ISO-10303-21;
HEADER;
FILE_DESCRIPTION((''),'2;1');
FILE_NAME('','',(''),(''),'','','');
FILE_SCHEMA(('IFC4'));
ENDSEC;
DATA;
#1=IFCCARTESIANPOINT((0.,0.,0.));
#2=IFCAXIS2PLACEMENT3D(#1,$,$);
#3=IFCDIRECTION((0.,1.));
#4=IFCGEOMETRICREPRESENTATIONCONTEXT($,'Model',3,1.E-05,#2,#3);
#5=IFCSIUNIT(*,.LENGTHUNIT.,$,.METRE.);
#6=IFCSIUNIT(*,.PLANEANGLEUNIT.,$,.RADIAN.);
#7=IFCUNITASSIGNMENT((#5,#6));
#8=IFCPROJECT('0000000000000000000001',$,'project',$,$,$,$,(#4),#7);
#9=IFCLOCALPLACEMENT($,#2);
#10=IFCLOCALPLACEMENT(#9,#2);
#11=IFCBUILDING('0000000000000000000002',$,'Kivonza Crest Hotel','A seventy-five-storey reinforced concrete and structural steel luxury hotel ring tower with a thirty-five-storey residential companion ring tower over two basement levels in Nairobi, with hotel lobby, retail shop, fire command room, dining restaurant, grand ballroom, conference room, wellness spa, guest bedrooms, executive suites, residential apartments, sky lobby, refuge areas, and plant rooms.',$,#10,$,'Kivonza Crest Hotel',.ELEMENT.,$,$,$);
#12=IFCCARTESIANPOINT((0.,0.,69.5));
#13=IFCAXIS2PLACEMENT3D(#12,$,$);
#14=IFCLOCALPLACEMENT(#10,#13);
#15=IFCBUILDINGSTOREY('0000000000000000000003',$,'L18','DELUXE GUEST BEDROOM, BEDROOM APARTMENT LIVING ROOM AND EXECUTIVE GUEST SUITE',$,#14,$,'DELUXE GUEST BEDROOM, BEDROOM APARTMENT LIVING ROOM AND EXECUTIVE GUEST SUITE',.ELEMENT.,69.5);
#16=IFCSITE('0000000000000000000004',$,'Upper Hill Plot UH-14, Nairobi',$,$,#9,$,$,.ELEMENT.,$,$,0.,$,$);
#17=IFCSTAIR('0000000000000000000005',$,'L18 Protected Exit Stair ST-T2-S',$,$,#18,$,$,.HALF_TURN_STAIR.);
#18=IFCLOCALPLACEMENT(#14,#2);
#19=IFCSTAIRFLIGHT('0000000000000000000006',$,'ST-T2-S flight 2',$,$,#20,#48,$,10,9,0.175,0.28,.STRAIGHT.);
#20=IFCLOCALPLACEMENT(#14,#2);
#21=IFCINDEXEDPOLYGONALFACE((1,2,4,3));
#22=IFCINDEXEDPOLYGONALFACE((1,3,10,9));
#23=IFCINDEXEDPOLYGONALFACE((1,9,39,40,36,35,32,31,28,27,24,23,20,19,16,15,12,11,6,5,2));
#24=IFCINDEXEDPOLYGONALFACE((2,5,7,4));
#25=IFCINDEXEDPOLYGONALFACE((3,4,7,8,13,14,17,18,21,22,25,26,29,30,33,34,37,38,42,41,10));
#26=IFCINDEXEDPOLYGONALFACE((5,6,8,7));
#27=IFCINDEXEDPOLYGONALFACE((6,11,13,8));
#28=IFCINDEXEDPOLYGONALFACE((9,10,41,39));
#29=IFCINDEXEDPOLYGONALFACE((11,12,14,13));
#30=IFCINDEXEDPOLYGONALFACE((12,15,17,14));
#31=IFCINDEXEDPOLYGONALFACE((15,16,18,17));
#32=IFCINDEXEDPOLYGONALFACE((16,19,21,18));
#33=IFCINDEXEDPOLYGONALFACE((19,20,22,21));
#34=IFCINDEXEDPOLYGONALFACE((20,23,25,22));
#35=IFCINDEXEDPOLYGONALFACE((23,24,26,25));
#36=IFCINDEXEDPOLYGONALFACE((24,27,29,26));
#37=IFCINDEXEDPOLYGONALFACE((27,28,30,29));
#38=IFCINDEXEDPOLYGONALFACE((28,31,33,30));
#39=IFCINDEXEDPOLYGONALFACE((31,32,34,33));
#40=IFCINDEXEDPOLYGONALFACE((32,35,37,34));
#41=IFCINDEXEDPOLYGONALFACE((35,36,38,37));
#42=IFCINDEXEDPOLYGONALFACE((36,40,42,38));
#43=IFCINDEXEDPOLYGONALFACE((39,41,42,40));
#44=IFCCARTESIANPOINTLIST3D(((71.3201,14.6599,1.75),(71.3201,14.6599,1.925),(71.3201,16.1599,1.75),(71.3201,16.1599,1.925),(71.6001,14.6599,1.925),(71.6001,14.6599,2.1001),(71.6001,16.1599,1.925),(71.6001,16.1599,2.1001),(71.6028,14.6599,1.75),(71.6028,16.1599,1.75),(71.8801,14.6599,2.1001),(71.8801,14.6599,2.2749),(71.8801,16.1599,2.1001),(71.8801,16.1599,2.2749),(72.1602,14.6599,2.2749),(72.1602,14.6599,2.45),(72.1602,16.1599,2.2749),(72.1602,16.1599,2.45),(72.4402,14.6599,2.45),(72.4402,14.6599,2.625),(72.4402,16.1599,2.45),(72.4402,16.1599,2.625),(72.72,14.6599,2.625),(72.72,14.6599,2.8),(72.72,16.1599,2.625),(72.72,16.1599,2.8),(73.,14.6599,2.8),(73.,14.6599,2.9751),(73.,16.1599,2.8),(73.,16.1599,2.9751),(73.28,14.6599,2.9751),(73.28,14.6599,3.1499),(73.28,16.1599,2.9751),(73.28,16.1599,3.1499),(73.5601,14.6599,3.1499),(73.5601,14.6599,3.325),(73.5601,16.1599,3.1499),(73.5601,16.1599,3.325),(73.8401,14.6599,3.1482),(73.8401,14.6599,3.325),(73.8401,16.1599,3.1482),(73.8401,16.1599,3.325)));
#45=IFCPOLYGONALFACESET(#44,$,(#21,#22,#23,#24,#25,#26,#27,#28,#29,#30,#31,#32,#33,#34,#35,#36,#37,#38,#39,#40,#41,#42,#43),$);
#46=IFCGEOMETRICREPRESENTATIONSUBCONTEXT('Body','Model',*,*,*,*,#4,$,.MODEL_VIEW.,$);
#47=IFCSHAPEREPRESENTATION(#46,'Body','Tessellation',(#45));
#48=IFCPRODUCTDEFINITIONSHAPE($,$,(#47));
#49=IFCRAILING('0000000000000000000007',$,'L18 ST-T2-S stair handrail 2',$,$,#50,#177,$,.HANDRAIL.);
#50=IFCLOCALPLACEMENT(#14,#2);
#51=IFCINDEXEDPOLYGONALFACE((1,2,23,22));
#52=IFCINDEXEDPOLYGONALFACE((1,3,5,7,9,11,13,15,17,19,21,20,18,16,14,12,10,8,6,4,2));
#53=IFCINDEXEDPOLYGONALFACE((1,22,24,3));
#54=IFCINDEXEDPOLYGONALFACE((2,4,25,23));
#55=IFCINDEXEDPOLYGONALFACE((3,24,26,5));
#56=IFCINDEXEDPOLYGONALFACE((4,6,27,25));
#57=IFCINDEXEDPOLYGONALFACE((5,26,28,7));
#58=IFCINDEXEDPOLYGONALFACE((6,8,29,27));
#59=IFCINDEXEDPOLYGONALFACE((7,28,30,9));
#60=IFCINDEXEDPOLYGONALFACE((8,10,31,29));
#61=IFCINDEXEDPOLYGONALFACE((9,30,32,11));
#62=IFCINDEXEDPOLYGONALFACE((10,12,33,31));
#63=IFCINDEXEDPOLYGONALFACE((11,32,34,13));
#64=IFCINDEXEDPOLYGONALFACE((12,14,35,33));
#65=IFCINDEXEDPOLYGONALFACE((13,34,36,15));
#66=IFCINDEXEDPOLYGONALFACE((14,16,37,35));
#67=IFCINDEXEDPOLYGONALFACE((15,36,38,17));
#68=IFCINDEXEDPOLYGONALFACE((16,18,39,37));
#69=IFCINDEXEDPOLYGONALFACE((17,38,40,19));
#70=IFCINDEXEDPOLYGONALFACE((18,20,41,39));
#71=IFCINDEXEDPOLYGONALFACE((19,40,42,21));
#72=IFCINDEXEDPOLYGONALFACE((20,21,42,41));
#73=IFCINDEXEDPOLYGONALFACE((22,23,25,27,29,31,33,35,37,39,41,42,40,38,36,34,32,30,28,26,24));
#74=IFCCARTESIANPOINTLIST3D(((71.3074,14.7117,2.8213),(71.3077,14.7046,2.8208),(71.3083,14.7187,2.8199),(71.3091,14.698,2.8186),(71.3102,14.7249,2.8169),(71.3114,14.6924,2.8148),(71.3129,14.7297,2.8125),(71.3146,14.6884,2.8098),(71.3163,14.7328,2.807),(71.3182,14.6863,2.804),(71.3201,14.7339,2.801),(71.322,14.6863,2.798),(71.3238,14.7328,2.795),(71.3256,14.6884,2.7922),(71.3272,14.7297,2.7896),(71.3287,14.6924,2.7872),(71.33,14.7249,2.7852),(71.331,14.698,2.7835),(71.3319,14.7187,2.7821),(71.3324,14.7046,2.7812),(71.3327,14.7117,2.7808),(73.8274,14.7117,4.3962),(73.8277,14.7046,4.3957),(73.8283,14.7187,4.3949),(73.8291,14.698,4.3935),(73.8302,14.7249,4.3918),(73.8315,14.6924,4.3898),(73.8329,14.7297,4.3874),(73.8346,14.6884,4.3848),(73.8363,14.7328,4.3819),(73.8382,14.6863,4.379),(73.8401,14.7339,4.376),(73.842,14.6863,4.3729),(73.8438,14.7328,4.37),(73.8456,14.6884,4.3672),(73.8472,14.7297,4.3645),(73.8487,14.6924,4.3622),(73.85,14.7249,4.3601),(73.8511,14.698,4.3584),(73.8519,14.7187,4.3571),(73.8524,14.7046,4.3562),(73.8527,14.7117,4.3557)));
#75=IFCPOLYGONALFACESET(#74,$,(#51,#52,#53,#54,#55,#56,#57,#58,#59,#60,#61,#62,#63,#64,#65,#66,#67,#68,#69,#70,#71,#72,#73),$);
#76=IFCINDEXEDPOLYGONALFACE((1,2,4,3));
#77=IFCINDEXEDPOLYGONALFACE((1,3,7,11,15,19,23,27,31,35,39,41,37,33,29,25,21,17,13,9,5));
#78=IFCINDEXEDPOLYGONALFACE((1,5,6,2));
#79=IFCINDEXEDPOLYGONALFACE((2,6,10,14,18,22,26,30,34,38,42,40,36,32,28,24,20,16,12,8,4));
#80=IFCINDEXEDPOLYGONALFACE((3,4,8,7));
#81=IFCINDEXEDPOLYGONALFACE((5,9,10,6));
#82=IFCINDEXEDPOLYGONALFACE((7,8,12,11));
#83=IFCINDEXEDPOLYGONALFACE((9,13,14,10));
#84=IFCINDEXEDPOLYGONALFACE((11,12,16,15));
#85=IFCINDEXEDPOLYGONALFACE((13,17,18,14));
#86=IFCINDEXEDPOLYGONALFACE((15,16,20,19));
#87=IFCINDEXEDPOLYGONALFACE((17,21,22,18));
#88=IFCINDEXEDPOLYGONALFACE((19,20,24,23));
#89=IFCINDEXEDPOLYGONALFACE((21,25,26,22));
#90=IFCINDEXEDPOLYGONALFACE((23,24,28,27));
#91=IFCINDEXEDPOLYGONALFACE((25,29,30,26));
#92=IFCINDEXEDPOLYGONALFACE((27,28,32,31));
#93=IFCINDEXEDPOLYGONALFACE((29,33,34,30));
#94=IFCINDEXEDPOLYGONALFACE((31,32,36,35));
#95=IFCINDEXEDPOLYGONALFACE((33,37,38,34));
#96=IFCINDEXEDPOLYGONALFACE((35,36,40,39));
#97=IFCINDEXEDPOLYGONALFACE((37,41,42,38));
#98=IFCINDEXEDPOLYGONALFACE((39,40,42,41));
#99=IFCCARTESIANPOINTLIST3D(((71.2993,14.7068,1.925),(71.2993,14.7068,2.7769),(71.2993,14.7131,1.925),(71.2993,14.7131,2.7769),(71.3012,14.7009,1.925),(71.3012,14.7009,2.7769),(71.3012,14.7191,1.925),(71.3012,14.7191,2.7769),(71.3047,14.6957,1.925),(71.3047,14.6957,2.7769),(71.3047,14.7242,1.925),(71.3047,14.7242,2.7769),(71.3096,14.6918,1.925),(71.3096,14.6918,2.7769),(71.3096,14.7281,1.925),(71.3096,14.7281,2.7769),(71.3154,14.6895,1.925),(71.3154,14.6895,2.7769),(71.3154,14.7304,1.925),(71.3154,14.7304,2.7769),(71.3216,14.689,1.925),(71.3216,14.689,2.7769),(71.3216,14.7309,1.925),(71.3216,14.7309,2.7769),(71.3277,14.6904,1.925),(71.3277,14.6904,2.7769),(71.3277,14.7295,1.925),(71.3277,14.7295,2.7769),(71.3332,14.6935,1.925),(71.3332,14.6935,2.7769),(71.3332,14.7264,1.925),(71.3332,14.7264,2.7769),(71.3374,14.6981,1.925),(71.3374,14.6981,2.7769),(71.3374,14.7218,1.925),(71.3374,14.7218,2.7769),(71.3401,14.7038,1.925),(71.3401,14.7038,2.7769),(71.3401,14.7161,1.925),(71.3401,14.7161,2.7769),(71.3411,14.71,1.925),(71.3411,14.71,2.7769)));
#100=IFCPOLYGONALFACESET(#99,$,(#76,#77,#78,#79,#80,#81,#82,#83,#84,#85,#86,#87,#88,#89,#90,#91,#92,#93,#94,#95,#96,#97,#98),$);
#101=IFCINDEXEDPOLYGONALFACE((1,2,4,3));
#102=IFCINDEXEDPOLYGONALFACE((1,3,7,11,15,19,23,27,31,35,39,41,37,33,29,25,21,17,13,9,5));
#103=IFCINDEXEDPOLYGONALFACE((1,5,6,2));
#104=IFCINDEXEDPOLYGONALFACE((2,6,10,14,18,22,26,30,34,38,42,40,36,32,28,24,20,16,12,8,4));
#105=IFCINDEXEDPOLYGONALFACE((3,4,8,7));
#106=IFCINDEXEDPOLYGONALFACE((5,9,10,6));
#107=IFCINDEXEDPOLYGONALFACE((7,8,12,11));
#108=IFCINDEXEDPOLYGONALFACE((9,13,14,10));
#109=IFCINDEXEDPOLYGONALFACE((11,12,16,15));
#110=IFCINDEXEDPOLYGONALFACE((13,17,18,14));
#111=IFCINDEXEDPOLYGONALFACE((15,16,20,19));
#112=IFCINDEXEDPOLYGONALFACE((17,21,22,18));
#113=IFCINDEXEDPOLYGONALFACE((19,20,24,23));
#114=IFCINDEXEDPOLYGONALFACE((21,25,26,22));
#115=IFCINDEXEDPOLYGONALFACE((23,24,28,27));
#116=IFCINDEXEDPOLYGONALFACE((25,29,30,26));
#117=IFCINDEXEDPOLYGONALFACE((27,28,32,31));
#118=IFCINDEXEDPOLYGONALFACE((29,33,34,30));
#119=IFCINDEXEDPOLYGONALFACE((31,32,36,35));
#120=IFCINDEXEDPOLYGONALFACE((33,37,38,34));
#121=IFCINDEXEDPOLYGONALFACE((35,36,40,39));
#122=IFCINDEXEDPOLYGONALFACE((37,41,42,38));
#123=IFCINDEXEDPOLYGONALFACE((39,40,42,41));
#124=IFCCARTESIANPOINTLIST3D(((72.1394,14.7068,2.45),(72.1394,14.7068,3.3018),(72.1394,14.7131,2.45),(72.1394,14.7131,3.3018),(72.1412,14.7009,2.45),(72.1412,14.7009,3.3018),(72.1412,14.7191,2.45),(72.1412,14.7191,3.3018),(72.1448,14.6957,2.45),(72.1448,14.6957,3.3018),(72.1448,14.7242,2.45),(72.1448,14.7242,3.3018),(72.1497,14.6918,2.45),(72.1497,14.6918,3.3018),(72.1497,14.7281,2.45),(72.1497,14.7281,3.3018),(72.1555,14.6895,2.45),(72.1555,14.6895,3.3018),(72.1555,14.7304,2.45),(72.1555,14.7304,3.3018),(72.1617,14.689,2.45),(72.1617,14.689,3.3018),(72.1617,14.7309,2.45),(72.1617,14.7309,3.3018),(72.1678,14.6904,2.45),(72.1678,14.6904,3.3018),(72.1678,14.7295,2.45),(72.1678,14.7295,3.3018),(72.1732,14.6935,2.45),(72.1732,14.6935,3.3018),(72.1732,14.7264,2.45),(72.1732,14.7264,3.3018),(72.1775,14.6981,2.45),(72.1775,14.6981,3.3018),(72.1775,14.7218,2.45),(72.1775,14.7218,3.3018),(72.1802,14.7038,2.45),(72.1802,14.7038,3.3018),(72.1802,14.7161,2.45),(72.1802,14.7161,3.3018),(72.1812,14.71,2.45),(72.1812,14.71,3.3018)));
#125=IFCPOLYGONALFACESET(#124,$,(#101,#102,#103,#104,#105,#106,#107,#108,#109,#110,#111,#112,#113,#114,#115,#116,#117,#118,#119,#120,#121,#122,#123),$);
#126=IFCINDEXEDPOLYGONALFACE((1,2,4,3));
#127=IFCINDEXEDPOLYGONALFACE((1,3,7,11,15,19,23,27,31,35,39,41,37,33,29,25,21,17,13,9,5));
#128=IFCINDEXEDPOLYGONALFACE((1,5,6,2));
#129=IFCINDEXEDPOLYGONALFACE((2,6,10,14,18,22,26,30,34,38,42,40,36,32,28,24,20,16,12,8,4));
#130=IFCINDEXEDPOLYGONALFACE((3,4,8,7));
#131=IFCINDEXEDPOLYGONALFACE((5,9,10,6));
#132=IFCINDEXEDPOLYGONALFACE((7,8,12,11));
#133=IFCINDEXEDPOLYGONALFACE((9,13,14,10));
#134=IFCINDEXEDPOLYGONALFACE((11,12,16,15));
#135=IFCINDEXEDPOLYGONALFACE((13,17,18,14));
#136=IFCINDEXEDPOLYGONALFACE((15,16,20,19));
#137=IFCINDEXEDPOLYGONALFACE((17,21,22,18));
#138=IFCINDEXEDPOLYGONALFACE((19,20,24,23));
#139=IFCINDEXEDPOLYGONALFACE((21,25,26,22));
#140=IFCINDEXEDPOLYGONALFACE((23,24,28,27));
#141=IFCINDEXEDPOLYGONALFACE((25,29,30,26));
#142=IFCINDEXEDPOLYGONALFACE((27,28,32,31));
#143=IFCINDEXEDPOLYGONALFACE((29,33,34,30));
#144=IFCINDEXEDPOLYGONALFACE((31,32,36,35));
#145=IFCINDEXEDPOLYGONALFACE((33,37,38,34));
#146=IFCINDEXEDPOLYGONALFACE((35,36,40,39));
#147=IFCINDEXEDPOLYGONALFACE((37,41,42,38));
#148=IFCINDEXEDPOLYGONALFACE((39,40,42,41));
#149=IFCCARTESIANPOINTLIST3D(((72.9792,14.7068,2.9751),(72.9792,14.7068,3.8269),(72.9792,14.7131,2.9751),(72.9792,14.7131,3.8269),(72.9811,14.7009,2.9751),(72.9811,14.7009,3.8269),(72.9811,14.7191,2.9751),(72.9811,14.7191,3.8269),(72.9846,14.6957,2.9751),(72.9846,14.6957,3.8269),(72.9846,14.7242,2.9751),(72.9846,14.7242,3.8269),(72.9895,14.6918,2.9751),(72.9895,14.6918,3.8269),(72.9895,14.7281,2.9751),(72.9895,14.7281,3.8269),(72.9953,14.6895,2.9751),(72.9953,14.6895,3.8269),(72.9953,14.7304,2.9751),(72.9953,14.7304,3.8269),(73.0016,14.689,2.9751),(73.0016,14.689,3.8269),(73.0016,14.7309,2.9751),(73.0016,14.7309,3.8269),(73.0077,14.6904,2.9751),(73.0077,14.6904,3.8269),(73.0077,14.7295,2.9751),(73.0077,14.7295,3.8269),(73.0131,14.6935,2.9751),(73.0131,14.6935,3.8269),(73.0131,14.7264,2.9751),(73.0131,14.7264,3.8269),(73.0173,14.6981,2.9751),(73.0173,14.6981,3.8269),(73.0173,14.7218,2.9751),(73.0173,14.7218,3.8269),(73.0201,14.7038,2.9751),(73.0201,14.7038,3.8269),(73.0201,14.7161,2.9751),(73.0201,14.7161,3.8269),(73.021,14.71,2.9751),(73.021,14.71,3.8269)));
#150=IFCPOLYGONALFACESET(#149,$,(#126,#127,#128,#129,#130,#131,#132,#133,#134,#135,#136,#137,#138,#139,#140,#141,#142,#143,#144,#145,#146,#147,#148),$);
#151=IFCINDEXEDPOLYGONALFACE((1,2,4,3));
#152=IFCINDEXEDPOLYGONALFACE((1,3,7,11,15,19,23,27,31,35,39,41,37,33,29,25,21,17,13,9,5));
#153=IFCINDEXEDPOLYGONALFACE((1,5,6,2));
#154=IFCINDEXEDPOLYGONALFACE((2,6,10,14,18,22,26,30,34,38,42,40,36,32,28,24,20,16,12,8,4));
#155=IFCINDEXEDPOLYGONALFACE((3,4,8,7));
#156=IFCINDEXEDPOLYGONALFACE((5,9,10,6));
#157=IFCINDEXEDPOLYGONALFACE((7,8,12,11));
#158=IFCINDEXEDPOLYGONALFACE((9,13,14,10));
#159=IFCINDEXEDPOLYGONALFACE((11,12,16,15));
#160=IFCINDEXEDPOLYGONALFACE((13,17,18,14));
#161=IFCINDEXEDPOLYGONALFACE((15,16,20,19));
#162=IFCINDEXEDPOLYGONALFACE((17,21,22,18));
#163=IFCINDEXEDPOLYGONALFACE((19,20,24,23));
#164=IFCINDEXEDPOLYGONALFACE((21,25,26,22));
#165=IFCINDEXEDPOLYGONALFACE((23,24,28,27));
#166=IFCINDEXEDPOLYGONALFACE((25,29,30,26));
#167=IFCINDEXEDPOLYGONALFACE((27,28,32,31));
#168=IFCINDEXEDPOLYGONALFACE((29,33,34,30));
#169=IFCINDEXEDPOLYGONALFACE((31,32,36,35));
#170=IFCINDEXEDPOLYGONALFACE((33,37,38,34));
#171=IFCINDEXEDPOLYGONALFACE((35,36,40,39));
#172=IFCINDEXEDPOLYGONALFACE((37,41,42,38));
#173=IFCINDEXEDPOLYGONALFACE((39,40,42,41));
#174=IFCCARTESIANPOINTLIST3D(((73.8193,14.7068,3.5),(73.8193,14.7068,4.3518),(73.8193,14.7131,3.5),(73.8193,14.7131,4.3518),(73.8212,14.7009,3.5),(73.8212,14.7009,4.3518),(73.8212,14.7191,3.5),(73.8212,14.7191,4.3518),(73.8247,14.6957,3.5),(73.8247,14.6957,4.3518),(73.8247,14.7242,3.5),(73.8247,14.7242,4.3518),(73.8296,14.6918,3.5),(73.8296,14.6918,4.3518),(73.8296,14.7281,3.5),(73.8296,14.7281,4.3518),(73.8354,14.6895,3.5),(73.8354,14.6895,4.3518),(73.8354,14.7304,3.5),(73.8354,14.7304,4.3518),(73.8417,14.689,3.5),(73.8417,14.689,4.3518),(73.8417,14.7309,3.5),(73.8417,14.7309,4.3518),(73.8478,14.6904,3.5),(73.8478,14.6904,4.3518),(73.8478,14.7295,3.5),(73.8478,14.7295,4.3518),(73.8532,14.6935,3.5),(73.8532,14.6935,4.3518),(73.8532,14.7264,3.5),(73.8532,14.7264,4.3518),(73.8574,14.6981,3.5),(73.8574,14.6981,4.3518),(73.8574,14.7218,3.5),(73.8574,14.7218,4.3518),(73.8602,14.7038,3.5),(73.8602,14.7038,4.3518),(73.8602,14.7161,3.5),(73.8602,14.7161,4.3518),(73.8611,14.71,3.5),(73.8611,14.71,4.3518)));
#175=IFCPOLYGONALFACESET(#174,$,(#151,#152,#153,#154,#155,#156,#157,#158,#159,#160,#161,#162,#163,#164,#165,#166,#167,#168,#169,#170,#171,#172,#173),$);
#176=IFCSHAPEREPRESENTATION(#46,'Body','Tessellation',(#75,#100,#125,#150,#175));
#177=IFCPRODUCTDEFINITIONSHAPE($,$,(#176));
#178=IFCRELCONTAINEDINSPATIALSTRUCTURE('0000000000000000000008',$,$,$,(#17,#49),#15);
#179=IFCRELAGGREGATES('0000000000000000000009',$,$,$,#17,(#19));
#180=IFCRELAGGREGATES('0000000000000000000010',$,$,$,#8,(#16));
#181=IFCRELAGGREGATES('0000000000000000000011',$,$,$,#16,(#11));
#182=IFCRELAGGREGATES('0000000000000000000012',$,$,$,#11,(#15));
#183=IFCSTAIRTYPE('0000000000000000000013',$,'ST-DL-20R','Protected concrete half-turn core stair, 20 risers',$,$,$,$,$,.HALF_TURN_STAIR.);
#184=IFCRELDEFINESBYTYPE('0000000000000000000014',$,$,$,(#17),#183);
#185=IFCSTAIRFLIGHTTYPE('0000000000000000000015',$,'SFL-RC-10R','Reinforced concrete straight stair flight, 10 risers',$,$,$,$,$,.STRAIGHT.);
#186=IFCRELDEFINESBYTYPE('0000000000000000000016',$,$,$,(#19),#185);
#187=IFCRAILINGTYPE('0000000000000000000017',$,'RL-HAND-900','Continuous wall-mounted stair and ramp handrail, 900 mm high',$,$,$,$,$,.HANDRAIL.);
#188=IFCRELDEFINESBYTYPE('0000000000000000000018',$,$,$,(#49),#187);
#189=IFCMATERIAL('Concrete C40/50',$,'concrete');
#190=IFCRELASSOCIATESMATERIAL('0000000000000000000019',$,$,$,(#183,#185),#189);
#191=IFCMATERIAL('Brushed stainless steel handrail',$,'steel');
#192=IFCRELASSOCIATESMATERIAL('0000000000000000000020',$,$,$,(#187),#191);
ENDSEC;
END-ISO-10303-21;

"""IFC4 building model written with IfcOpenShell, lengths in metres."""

from ifc_helpers import new_model, si_unit, direction, frame, origin, origin_2d, place, context, subcontext, project, spatial, polyline, circle, outline, extrude, material, type_object, element, aggregate, save


model = new_model("IFC4")

# Units and contexts
model_context = context("Model", 3, precision=1e-05, world=origin(), true_north=direction((0.0, 1.0)))
body_context = subcontext(model_context, "Body", "Model", "MODEL_VIEW")
ifc_project = project(units=[si_unit("LENGTHUNIT", "METRE"), si_unit("PLANEANGLEUNIT", "RADIAN")], contexts=[model_context])

# Site, building, storey
site_placement = place(None, origin())
site = spatial("IfcSite", under=ifc_project, at=site_placement, Name="Upper Hill Plot UH-14, Nairobi", CompositionType="ELEMENT", RefElevation=0.0)
building_placement = place(site_placement, origin())
building = spatial("IfcBuilding", under=site, at=building_placement, Name="Kivonza Crest Hotel", Description="A seventy-five-storey reinforced concrete and structural steel luxury hotel ring tower with a thirty-five-storey residential companion ring tower over two basement levels in Nairobi, with hotel lobby, retail shop, fire command room, dining restaurant, grand ballroom, conference room, wellness spa, guest bedrooms, executive suites, residential apartments, sky lobby, refuge areas, and plant rooms.", LongName="Kivonza Crest Hotel", CompositionType="ELEMENT")
storey_placement = place(building_placement, frame((0.0, 0.0, 69.5)))
storey = spatial("IfcBuildingStorey", under=building, at=storey_placement, Name="L18", Description="DELUXE GUEST BEDROOM, BEDROOM APARTMENT LIVING ROOM AND EXECUTIVE GUEST SUITE", LongName="DELUXE GUEST BEDROOM, BEDROOM APARTMENT LIVING ROOM AND EXECUTIVE GUEST SUITE", CompositionType="ELEMENT", Elevation=69.5)

# Stair, stair flight
ifc_material_1 = material(Name="Concrete C40/50", Category="concrete")
stair_type = type_object("IfcStairType", Name="ST-DL-20R", Description="Protected concrete half-turn core stair, 20 risers", PredefinedType="HALF_TURN_STAIR", material=ifc_material_1)
stair_placement = place(storey_placement, origin())
stair = element("IfcStair", 1, at=stair_placement, inside=storey, type_object=stair_type, Name="L18 Protected Exit Stair ST-T2-S", PredefinedType="HALF_TURN_STAIR")
stair_flight_type = type_object("IfcStairFlightType", Name="SFL-RC-10R", Description="Reinforced concrete straight stair flight, 10 risers", PredefinedType="STRAIGHT", material=ifc_material_1)
stair_flight_placement = place(storey_placement, frame((71.3201, 15.4099, 1.75), z_axis=(0.0, 0.0, 1.0), x_axis=(1.0, 0.0, 0.0)))
stair_flight = element("IfcStairFlight", 2, at=stair_flight_placement, type_object=stair_flight_type, Name="ST-T2-S flight 2", NumberOfRisers=10, NumberOfTreads=9, PredefinedType="STRAIGHT", RiserHeight=0.175, TreadLength=0.28, context=body_context, shape_type="SweptSolid", body=[
    extrude(outline(polyline([(0.0, 0.0), (0.0, 0.175), (0.28, 0.175), (0.28, 0.3501), (0.5601, 0.3501), (0.5601, 0.5249), (0.8401, 0.5249), (0.8401, 0.7), (1.1201, 0.7), (1.1201, 0.875), (1.3999, 0.875), (1.3999, 1.05), (1.6799, 1.05), (1.6799, 1.2251), (1.96, 1.2251), (1.96, 1.3999), (2.24, 1.3999), (2.24, 1.575), (2.52, 1.575), (2.52, 1.75), (2.52, 1.3982), (0.2827, 0.0), (0.0, 0.0)])), frame((0.0, 0.75, 0.0), z_axis=(0.0, -1.0, 0.0), x_axis=(1.0, 0.0, 0.0)), (0.0, 0.0, 1.0), 1.5),
])
aggregate(stair, [stair_flight])

# Railing
ifc_material_2 = material(Name="Brushed stainless steel handrail", Category="steel")
railing_type_1 = type_object("IfcRailingType", Name="RL-HAND-900", Description="Continuous wall-mounted stair and ramp handrail, 900 mm high", PredefinedType="HANDRAIL", material=ifc_material_2)
railing_1_placement = place(storey_placement, frame((71.3201, 14.71, 1.925)))
element("IfcRailing", 3, at=railing_1_placement, inside=storey, type_object=railing_type_1, Name="L18 ST-T2-S stair handrail 2", PredefinedType="HANDRAIL", context=body_context, shape_type="SweptSolid", body=[
    extrude(circle(Radius=0.0239, at=origin_2d()), frame((0.0, 0.0, 0.876), z_axis=(0.848008, 0.0, 0.529984), x_axis=(0.0, 1.0, 0.0)), (0.0, 0.0, 1.0), 2.9717),
    extrude(circle(Radius=0.021, at=origin_2d()), origin(), (0.0, 0.0, 1.0), 0.8518),
    extrude(circle(Radius=0.021, at=origin_2d()), frame((0.8401, 0.0, 0.5249)), (0.0, 0.0, 1.0), 0.8518),
    extrude(circle(Radius=0.021, at=origin_2d()), frame((1.6799, 0.0, 1.05)), (0.0, 0.0, 1.0), 0.8518),
    extrude(circle(Radius=0.021, at=origin_2d()), frame((2.52, 0.0, 1.575)), (0.0, 0.0, 1.0), 0.8518),
])

save(model, "model.ifc")
